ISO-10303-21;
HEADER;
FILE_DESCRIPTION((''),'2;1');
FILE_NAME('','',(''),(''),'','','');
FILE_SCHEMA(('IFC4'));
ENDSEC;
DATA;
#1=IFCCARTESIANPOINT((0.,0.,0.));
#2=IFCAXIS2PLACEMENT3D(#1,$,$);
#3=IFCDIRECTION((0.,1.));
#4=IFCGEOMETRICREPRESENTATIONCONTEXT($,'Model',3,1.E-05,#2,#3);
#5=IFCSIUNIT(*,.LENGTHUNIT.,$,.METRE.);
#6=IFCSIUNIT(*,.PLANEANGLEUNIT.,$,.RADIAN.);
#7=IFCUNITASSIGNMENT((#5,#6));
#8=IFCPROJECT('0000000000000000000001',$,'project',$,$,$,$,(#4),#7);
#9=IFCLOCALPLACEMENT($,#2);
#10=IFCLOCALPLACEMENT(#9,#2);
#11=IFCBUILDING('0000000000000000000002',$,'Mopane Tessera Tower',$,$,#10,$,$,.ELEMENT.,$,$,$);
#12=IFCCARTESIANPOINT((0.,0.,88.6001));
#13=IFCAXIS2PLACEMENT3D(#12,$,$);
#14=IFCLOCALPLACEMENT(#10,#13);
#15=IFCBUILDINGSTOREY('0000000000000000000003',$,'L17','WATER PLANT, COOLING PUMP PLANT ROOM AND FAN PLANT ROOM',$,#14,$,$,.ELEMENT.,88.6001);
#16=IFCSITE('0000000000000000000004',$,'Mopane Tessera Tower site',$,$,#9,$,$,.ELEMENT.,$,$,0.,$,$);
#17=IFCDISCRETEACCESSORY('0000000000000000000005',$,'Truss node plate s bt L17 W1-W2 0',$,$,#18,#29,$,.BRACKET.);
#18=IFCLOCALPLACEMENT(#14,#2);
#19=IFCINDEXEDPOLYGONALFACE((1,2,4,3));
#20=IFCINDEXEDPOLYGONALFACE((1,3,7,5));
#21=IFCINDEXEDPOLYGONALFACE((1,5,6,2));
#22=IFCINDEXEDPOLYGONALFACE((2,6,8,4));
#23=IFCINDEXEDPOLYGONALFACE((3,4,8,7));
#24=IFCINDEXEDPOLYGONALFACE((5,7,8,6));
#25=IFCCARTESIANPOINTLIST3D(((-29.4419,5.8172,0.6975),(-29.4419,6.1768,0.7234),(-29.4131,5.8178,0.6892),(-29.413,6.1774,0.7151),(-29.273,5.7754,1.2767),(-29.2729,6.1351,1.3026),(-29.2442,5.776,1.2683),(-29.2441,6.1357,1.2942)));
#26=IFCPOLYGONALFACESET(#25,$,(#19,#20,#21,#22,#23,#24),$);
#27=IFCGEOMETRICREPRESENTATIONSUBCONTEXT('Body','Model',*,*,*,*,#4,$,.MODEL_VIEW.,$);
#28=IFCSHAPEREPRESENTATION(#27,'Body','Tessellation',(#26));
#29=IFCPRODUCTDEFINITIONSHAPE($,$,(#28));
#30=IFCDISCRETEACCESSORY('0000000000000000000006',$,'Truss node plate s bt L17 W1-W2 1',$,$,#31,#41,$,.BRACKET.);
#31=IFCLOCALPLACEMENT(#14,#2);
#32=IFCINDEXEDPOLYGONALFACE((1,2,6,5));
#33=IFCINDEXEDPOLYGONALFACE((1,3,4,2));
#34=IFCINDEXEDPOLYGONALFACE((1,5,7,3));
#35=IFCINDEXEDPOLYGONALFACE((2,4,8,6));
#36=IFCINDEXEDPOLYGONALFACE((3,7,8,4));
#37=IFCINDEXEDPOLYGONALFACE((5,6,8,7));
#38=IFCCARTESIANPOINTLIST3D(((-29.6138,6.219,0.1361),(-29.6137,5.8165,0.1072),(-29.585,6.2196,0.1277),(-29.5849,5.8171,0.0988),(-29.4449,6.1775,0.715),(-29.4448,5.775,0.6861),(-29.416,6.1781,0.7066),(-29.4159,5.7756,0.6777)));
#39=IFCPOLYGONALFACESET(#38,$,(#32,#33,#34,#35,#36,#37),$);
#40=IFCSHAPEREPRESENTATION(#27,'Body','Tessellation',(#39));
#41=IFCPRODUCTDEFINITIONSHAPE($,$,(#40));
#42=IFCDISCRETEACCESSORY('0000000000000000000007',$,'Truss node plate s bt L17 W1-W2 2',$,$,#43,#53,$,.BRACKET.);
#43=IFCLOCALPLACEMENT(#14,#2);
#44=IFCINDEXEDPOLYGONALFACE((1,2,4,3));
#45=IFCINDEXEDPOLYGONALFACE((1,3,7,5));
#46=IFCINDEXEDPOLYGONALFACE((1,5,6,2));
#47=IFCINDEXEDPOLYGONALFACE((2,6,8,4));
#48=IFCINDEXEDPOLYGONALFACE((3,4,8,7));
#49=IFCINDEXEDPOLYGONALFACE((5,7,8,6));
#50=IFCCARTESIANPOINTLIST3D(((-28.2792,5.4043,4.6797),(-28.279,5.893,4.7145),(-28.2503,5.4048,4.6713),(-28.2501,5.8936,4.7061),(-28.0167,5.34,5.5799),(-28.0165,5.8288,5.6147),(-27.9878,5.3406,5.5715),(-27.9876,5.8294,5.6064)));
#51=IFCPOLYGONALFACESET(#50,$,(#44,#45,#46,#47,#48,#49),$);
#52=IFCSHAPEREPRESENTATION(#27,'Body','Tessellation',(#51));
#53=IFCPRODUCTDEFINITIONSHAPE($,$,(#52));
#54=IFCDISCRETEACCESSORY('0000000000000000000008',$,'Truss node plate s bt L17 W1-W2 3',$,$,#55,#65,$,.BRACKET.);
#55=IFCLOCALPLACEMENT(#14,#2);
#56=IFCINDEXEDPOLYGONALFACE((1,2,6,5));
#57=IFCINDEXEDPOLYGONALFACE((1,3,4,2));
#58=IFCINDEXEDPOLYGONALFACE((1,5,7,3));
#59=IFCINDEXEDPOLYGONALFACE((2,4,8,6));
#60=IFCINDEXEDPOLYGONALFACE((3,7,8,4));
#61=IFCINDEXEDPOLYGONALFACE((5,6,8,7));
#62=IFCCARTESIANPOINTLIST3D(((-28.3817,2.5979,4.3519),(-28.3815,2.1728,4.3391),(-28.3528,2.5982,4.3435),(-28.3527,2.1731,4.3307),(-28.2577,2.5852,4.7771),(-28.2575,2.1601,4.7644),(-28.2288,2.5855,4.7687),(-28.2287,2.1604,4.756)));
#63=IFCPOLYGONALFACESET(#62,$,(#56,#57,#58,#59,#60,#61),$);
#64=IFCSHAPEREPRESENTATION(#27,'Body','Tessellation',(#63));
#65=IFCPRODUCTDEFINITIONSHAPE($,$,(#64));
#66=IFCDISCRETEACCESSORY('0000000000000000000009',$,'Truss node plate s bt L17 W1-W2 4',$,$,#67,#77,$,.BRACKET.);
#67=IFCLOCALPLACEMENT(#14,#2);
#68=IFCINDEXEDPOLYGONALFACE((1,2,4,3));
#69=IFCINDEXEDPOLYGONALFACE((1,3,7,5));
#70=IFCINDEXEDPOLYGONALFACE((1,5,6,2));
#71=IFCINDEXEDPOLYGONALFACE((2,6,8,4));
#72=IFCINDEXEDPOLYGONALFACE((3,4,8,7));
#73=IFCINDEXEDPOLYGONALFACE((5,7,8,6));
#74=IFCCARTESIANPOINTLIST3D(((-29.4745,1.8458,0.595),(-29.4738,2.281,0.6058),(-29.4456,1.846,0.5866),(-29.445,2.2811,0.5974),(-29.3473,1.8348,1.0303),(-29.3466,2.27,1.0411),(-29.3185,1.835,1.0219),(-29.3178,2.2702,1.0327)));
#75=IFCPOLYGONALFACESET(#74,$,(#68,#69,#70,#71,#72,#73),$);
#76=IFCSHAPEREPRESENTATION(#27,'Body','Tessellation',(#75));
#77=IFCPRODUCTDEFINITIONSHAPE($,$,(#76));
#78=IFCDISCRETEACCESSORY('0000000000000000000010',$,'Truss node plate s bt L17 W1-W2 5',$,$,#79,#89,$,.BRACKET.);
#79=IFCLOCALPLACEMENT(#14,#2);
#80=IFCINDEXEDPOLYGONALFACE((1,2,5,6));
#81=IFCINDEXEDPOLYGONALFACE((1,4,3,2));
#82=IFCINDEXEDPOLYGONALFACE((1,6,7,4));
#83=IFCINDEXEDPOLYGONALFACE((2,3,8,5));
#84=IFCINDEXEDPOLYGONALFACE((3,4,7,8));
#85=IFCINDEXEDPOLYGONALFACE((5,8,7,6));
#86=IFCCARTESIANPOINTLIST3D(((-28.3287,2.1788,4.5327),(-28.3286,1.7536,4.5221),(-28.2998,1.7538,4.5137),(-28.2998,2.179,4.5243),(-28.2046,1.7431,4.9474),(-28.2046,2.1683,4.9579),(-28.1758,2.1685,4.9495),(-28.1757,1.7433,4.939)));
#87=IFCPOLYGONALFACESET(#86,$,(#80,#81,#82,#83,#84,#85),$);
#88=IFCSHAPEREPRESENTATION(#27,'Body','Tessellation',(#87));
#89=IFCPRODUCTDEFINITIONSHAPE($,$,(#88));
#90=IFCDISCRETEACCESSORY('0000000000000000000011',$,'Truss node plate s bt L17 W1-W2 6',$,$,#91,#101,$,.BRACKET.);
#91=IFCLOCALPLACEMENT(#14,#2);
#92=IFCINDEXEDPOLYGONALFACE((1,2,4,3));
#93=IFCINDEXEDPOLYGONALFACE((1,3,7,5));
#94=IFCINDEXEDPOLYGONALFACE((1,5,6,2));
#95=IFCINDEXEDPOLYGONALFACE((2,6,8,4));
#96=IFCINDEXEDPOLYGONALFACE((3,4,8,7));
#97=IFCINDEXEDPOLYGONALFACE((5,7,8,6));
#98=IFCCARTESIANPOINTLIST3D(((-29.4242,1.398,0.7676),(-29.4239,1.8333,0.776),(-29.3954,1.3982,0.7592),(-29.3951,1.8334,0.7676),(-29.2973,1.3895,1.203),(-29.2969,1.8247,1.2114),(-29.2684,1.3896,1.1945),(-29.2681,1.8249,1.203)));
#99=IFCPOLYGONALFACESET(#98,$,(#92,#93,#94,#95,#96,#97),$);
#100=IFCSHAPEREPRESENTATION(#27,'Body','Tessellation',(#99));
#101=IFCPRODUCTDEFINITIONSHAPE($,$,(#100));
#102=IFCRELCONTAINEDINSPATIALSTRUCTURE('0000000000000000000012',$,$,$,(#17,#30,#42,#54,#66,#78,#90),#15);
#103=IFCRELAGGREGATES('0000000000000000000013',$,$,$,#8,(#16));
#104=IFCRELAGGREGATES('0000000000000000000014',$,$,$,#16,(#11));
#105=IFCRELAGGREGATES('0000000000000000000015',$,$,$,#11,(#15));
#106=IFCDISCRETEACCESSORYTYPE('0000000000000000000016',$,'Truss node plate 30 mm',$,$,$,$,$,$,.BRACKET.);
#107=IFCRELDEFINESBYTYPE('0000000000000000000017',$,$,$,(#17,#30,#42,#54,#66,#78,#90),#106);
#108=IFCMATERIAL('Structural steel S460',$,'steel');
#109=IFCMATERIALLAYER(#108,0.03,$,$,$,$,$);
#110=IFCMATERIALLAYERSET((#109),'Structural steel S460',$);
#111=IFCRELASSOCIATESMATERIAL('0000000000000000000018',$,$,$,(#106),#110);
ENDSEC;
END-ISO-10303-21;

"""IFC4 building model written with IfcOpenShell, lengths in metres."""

from ifc_helpers import new_model, si_unit, direction, frame, origin, origin_2d, place, context, subcontext, project, spatial, rectangle, extrude, material, layer, layer_set, type_object, element, save


model = new_model("IFC4")

# Units and contexts
model_context = context("Model", 3, precision=1e-05, world=origin(), true_north=direction((0.0, 1.0)))
body_context = subcontext(model_context, "Body", "Model", "MODEL_VIEW")
ifc_project = project(units=[si_unit("LENGTHUNIT", "METRE"), si_unit("PLANEANGLEUNIT", "RADIAN")], contexts=[model_context])

# Site, building, storey
site_placement = place(None, origin())
site = spatial("IfcSite", under=ifc_project, at=site_placement, Name="Mopane Tessera Tower site", CompositionType="ELEMENT", RefElevation=0.0)
building_placement = place(site_placement, origin())
building = spatial("IfcBuilding", under=site, at=building_placement, Name="Mopane Tessera Tower", CompositionType="ELEMENT")
storey_placement = place(building_placement, frame((0.0, 0.0, 88.6001)))
storey = spatial("IfcBuildingStorey", under=building, at=storey_placement, Name="L17", Description="WATER PLANT, COOLING PUMP PLANT ROOM AND FAN PLANT ROOM", CompositionType="ELEMENT", Elevation=88.6001)

# Discrete accessories
ifc_material_1 = material(Name="Structural steel S460", Category="steel")
ifc_layer_1 = layer(ifc_material_1, 0.03)
ifc_layer_set_1 = layer_set([ifc_layer_1], Name="Structural steel S460")
discrete_accessory_type_1 = type_object("IfcDiscreteAccessoryType", Name="Truss node plate 30 mm", PredefinedType="BRACKET", material=ifc_layer_set_1)
discrete_accessory_1_placement = place(storey_placement, frame((-29.4275, 5.9973, 0.7063), z_axis=(0.279394, -0.069041, 0.957691), x_axis=(0.960177, 0.019844, -0.278688)))
element("IfcDiscreteAccessory", 1, at=discrete_accessory_1_placement, inside=storey, type_object=discrete_accessory_type_1, Name="Truss node plate s bt L17 W1-W2 0", PredefinedType="BRACKET", context=body_context, shape_type="SweptSolid", body=[
    extrude(rectangle(XDim=0.03, YDim=0.3606, at=origin_2d()), origin(), (0.0, 0.0, 1.0), 0.6047),
])
discrete_accessory_2_placement = place(storey_placement, frame((-29.5994, 6.0181, 0.1174), z_axis=(0.27951, -0.068666, 0.957684), x_axis=(0.960143, 0.020286, -0.278773)))
element("IfcDiscreteAccessory", 2, at=discrete_accessory_2_placement, inside=storey, type_object=discrete_accessory_type_1, Name="Truss node plate s bt L17 W1-W2 1", PredefinedType="BRACKET", context=body_context, shape_type="SweptSolid", body=[
    extrude(rectangle(XDim=0.03, YDim=0.4036, at=origin_2d()), origin(), (0.0, 0.0, 1.0), 0.6045),
])
discrete_accessory_3_placement = place(storey_placement, frame((-28.2646, 5.6489, 4.6929), z_axis=(0.279256, -0.06832, 0.957783), x_axis=(0.960217, 0.019442, -0.278579)))
element("IfcDiscreteAccessory", 3, at=discrete_accessory_3_placement, inside=storey, type_object=discrete_accessory_type_1, Name="Truss node plate s bt L17 W1-W2 2", PredefinedType="BRACKET", context=body_context, shape_type="SweptSolid", body=[
    extrude(rectangle(XDim=0.03, YDim=0.49, at=origin_2d()), origin(), (0.0, 0.0, 1.0), 0.9399),
])
discrete_accessory_4_placement = place(storey_placement, frame((-28.3672, 2.3855, 4.3413), z_axis=(0.279843, -0.028645, 0.959618), x_axis=(0.960046, 0.008672, -0.279709)))
element("IfcDiscreteAccessory", 4, at=discrete_accessory_4_placement, inside=storey, type_object=discrete_accessory_type_1, Name="Truss node plate s bt L17 W1-W2 3", PredefinedType="BRACKET", context=body_context, shape_type="SweptSolid", body=[
    extrude(rectangle(XDim=0.03, YDim=0.4253, at=origin_2d()), origin(), (0.0, 0.0, 1.0), 0.4431),
])
discrete_accessory_5_placement = place(storey_placement, frame((-29.4597, 2.0635, 0.5962), z_axis=(0.280393, -0.024218, 0.95958), x_axis=(0.959884, 0.005457, -0.280344)))
element("IfcDiscreteAccessory", 5, at=discrete_accessory_5_placement, inside=storey, type_object=discrete_accessory_type_1, Name="Truss node plate s bt L17 W1-W2 4", PredefinedType="BRACKET", context=body_context, shape_type="SweptSolid", body=[
    extrude(rectangle(XDim=0.03, YDim=0.4353, at=origin_2d()), origin(), (0.0, 0.0, 1.0), 0.4536),
])
discrete_accessory_6_placement = place(storey_placement, frame((-28.3142, 1.9663, 4.5232), z_axis=(0.279879, -0.023691, 0.959743), x_axis=(0.960035, 0.007089, -0.279789)))
element("IfcDiscreteAccessory", 6, at=discrete_accessory_6_placement, inside=storey, type_object=discrete_accessory_type_1, Name="Truss node plate s bt L17 W1-W2 5", PredefinedType="BRACKET", context=body_context, shape_type="SweptSolid", body=[
    extrude(rectangle(XDim=0.03, YDim=0.4253, at=origin_2d()), origin(), (0.0, 0.0, 1.0), 0.4431),
])
discrete_accessory_7_placement = place(storey_placement, frame((-29.4097, 1.6157, 0.7676), z_axis=(0.27993, -0.018841, 0.959836), x_axis=(0.96002, 0.004714, -0.279891)))
element("IfcDiscreteAccessory", 7, at=discrete_accessory_7_placement, inside=storey, type_object=discrete_accessory_type_1, Name="Truss node plate s bt L17 W1-W2 6", PredefinedType="BRACKET", context=body_context, shape_type="SweptSolid", body=[
    extrude(rectangle(XDim=0.03, YDim=0.4353, at=origin_2d()), origin(), (0.0, 0.0, 1.0), 0.4536),
])

save(model, "model.ifc")
